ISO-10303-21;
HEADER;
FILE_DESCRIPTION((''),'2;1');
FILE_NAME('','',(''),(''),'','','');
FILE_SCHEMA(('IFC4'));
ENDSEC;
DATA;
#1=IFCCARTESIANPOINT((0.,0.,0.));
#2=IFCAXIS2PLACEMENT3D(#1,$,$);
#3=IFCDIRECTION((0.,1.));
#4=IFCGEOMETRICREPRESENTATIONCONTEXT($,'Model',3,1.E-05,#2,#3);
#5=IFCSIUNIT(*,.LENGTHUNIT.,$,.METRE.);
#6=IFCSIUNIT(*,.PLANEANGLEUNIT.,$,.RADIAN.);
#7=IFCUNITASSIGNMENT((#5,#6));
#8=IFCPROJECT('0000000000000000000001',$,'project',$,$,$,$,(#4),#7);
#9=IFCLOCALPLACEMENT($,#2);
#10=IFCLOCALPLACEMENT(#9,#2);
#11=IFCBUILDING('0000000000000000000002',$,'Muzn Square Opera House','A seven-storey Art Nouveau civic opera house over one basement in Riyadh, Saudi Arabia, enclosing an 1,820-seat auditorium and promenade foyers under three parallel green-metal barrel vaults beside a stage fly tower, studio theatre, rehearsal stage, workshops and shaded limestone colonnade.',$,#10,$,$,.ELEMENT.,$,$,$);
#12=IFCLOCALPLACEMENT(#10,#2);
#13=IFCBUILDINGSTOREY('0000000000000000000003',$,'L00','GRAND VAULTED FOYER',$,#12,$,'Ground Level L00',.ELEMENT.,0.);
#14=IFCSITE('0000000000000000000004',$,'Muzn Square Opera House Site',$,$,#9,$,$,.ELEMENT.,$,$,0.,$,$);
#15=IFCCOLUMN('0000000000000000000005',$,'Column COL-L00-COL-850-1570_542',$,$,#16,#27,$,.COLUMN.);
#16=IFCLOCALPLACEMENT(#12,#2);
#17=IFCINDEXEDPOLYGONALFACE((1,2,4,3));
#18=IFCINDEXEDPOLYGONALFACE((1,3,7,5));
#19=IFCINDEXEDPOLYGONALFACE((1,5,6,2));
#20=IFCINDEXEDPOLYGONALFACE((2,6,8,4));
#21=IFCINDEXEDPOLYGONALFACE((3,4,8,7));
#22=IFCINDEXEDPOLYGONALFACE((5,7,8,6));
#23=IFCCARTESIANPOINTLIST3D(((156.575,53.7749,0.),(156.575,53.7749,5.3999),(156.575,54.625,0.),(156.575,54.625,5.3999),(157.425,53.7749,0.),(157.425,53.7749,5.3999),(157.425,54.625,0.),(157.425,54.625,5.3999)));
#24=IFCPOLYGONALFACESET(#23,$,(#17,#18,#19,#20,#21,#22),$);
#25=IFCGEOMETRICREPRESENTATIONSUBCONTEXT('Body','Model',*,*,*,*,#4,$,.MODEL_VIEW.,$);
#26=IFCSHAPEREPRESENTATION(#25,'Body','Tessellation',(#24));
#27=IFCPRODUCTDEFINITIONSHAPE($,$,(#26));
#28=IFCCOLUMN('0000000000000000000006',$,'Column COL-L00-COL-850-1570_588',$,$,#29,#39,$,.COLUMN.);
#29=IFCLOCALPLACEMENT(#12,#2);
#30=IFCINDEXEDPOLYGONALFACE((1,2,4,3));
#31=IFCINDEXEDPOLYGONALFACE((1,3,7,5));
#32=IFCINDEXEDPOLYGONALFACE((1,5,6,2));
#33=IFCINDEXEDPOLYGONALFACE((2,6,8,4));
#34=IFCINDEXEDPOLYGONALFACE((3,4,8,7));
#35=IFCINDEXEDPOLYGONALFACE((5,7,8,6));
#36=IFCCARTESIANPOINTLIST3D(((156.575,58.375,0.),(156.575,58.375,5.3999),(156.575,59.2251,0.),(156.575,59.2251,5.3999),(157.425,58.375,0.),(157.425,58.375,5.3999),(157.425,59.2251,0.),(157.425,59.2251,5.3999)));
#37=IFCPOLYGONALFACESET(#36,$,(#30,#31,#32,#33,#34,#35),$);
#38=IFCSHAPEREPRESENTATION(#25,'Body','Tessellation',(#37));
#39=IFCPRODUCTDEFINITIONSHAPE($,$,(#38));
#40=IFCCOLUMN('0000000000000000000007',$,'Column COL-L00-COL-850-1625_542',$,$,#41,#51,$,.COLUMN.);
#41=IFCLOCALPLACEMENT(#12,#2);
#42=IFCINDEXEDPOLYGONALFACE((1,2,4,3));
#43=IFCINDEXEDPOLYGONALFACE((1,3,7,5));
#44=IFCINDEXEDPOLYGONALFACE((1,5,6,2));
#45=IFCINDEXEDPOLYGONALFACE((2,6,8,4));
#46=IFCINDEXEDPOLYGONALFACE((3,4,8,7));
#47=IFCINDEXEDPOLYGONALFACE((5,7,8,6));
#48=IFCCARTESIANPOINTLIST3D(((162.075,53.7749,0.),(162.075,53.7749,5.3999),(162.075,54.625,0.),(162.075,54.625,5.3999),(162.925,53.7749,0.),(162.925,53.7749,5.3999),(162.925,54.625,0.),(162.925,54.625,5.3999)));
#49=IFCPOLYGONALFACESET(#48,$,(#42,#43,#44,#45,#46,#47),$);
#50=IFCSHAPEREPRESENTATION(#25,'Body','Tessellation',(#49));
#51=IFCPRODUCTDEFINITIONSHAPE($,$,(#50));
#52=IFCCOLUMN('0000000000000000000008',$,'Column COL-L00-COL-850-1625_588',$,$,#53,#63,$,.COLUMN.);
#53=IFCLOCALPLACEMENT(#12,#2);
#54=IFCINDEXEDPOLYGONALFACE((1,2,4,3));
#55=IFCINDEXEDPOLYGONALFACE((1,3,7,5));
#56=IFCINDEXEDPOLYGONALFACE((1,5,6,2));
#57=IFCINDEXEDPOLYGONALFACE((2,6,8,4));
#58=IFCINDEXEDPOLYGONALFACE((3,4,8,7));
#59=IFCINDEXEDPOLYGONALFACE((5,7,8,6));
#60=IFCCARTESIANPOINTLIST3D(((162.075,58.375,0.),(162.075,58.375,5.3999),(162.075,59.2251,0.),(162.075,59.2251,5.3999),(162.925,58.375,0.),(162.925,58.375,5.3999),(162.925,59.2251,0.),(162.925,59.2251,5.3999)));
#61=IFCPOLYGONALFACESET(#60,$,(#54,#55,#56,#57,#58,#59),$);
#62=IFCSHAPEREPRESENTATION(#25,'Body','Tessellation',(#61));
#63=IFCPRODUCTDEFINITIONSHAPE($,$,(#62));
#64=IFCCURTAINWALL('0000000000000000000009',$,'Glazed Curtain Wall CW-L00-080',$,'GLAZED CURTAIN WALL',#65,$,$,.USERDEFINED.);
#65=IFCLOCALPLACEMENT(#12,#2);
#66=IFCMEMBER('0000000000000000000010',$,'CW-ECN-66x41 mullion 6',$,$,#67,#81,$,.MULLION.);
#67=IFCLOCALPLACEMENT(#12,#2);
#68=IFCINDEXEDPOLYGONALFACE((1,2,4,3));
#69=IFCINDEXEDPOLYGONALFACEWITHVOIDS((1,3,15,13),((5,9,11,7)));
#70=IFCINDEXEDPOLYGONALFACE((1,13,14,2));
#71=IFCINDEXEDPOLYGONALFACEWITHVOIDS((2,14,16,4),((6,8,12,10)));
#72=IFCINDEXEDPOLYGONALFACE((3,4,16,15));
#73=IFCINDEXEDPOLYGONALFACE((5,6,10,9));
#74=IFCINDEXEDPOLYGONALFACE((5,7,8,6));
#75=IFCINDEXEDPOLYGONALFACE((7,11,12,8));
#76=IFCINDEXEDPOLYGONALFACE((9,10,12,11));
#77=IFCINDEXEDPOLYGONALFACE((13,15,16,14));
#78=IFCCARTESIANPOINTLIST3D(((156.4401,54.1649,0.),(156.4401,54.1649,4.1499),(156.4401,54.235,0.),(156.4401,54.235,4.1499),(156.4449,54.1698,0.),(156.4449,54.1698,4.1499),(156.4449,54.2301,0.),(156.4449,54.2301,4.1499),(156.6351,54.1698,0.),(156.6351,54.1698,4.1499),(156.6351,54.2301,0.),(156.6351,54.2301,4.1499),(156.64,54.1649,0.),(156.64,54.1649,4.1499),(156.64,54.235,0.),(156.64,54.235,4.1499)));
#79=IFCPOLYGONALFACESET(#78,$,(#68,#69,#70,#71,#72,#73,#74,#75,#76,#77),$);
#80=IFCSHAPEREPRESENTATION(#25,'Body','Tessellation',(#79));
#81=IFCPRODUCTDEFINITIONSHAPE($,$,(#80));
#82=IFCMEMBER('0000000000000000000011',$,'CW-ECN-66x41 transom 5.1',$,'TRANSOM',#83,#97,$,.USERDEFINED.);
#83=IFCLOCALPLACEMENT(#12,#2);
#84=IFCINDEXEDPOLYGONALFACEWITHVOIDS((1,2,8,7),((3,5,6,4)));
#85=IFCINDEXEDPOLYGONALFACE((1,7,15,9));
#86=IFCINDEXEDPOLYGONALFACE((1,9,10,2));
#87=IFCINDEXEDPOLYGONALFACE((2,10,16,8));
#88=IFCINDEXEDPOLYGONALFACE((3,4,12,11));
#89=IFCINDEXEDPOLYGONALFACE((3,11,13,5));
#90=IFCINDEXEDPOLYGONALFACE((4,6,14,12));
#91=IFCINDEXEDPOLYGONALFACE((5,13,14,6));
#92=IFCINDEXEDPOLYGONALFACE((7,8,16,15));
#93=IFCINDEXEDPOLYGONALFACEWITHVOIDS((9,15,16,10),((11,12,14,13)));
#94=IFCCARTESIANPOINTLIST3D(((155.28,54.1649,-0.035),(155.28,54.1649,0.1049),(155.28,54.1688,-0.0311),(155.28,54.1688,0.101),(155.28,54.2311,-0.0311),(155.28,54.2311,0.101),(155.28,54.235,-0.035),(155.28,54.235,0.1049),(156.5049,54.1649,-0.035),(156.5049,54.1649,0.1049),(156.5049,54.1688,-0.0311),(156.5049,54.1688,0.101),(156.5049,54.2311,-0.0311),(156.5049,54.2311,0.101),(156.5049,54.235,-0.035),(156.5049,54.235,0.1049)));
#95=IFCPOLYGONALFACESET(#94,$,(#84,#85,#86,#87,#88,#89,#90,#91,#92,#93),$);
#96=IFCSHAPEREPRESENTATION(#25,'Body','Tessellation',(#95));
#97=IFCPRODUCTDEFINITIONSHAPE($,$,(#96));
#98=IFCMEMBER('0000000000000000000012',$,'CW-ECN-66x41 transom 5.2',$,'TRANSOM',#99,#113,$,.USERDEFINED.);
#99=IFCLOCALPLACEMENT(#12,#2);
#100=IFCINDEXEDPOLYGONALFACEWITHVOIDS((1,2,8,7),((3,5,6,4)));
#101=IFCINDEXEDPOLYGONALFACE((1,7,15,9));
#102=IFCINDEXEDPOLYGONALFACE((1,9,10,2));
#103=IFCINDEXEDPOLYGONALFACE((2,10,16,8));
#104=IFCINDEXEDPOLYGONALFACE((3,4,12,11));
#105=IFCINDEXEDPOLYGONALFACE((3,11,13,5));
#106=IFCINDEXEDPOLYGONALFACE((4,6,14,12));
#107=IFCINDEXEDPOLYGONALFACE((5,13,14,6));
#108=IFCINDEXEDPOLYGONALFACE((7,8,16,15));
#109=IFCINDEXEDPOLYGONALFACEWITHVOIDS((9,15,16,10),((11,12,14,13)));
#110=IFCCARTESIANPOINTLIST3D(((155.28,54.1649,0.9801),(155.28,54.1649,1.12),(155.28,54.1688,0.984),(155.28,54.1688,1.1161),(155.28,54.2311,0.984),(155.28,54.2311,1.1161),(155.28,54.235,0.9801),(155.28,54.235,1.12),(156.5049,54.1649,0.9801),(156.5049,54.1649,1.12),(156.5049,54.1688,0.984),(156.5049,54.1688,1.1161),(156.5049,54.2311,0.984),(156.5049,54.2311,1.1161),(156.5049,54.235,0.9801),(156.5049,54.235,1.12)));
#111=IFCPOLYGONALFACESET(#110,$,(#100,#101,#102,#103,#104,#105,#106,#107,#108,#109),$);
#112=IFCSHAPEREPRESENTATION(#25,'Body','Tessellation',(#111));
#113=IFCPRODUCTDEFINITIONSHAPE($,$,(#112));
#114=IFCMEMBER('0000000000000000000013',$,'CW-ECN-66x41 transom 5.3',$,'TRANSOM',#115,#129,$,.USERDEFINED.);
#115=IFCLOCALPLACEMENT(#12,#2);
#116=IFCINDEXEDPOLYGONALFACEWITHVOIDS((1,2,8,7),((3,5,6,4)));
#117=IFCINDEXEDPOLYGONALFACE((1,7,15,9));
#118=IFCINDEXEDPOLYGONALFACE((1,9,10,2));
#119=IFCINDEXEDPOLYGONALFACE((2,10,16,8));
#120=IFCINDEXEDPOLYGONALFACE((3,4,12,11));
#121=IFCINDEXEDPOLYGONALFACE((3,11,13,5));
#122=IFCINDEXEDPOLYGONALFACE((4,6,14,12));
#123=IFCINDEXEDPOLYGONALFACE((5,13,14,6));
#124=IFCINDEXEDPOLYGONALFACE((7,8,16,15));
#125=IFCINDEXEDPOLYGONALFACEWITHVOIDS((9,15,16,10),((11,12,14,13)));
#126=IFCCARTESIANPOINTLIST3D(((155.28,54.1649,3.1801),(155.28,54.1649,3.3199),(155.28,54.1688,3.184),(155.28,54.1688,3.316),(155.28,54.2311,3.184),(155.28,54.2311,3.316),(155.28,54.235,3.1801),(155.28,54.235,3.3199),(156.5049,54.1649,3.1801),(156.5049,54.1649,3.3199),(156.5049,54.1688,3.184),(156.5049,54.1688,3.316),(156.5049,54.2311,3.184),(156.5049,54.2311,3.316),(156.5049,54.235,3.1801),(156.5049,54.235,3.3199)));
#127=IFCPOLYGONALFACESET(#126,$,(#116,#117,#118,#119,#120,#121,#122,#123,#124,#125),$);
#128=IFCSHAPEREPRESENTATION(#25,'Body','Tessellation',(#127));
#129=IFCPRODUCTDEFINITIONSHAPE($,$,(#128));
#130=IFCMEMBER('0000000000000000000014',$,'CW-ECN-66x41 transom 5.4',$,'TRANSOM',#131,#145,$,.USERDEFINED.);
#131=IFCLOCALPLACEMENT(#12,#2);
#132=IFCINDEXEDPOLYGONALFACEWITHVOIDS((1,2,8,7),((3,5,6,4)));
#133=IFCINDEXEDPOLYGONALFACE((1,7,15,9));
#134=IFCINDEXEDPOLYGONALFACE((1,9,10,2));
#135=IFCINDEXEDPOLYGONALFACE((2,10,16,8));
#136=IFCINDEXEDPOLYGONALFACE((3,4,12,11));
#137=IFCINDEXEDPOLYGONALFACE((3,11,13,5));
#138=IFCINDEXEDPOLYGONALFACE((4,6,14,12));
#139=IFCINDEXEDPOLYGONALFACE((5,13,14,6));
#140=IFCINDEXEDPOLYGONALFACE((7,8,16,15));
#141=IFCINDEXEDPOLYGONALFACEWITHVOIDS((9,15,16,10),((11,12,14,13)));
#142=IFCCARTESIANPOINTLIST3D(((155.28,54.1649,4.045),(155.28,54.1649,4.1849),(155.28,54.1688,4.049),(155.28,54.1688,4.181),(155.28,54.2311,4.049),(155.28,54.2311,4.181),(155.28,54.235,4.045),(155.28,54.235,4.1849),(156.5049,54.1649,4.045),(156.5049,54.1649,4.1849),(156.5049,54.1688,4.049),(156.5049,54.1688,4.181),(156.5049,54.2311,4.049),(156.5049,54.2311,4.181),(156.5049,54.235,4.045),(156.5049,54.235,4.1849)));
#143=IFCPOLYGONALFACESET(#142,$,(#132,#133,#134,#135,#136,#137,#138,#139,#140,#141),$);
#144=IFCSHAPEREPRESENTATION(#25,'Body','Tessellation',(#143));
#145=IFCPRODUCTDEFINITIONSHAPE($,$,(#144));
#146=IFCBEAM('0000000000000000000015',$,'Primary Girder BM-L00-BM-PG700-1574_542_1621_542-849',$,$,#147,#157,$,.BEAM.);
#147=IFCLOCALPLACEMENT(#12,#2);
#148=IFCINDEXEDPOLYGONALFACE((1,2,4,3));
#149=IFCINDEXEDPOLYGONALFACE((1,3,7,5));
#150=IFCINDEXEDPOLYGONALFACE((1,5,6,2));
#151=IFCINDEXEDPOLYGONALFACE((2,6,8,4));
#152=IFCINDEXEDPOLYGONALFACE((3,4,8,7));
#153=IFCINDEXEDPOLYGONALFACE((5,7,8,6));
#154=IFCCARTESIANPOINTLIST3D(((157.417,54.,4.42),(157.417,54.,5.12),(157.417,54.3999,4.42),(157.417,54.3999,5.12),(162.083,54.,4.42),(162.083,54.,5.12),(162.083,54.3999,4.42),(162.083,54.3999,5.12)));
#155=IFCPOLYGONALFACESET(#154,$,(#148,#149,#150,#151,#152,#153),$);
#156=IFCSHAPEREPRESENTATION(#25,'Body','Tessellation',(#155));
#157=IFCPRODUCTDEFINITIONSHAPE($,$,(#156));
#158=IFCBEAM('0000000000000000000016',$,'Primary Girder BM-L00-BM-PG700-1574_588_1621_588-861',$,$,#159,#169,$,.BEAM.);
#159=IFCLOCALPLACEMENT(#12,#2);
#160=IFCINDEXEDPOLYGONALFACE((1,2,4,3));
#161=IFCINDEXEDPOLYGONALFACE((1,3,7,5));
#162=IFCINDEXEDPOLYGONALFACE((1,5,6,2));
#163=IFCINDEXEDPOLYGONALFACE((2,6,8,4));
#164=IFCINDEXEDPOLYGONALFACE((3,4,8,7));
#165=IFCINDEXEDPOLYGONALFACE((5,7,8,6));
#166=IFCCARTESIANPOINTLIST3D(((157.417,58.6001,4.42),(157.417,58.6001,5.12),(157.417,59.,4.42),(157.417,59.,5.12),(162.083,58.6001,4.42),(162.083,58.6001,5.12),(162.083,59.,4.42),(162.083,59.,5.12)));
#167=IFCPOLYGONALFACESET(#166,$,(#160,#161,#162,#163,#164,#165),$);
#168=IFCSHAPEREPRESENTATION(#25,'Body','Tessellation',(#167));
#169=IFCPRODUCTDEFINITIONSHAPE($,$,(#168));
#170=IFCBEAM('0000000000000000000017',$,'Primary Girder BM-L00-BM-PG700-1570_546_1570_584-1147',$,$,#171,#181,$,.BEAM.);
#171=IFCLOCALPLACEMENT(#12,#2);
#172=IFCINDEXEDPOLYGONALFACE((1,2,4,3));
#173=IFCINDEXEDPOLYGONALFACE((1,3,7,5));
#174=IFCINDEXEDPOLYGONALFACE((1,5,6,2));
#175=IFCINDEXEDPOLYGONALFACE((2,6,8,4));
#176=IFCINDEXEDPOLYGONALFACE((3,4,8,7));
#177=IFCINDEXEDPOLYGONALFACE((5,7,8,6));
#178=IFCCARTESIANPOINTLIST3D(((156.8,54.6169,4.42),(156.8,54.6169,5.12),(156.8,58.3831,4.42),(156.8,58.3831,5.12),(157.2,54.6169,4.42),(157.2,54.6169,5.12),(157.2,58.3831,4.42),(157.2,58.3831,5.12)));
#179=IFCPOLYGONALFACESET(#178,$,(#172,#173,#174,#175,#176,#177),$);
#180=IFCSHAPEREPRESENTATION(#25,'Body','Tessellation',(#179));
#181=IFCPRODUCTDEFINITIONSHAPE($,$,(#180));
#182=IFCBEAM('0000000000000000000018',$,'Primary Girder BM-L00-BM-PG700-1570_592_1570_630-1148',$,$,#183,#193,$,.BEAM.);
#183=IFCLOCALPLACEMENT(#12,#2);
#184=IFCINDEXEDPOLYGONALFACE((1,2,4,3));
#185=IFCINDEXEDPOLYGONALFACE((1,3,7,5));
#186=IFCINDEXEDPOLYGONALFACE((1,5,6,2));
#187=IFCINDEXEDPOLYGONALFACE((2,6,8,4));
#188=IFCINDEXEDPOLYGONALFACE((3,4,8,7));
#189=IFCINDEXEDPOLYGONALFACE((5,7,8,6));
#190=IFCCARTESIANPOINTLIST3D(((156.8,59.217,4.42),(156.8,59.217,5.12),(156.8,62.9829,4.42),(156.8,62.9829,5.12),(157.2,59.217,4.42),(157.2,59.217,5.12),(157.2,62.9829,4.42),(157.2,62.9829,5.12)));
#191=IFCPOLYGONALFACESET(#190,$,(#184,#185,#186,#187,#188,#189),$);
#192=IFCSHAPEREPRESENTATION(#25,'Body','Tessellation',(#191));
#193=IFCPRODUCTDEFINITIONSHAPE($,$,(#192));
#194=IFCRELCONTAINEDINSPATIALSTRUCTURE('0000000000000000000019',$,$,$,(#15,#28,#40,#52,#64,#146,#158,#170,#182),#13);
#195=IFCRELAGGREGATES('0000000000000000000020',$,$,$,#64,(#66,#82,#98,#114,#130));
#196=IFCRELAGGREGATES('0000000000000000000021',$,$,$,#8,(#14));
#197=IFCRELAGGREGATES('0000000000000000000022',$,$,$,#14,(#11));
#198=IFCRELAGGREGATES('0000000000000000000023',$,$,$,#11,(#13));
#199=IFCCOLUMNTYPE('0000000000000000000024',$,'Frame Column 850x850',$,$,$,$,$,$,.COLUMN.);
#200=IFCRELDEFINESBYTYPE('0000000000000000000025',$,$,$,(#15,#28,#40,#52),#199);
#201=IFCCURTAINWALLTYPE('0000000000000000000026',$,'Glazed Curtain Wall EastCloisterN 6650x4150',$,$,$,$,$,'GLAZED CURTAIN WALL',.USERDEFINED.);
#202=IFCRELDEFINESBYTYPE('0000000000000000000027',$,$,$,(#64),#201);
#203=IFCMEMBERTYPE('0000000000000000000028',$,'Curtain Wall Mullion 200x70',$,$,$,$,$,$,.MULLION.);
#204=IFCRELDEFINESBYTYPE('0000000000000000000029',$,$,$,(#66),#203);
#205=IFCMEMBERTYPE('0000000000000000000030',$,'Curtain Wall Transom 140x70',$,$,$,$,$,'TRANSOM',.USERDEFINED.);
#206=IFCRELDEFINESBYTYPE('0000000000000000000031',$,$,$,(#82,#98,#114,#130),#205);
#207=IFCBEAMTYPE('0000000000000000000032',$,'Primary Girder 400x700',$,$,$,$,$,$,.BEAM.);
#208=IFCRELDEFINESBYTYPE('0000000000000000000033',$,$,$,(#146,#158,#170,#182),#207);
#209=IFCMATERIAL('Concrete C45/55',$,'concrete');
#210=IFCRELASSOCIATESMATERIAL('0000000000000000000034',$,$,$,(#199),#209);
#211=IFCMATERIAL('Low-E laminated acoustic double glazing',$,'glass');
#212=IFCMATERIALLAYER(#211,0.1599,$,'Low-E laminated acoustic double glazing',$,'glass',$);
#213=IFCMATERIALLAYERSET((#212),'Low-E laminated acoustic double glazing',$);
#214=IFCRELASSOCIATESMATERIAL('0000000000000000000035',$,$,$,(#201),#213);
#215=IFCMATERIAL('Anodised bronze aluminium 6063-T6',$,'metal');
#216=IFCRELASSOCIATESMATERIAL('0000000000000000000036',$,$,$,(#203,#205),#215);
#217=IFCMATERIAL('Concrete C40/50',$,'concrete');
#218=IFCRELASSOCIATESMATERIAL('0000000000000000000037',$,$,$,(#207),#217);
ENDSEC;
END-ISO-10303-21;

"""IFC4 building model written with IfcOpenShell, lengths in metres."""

from ifc_helpers import new_model, si_unit, direction, frame, origin, origin_2d, place, context, subcontext, project, spatial, rectangle, hollow_rectangle, extrude, material, layer, layer_set, material_profile, profile_set, type_object, element, aggregate, save


model = new_model("IFC4")

# Units and contexts
model_context = context("Model", 3, precision=1e-05, world=origin(), true_north=direction((0.0, 1.0)))
body_context = subcontext(model_context, "Body", "Model", "MODEL_VIEW")
ifc_project = project(units=[si_unit("LENGTHUNIT", "METRE"), si_unit("PLANEANGLEUNIT", "RADIAN")], contexts=[model_context])

# Site, building, storey
site_placement = place(None, origin())
site = spatial("IfcSite", under=ifc_project, at=site_placement, Name="Muzn Square Opera House Site", CompositionType="ELEMENT", RefElevation=0.0)
building_placement = place(site_placement, origin())
building = spatial("IfcBuilding", under=site, at=building_placement, Name="Muzn Square Opera House", Description="A seven-storey Art Nouveau civic opera house over one basement in Riyadh, Saudi Arabia, enclosing an 1,820-seat auditorium and promenade foyers under three parallel green-metal barrel vaults beside a stage fly tower, studio theatre, rehearsal stage, workshops and shaded limestone colonnade.", CompositionType="ELEMENT")
storey_placement = place(building_placement, origin())
storey = spatial("IfcBuildingStorey", under=building, at=storey_placement, Name="L00", Description="GRAND VAULTED FOYER", LongName="Ground Level L00", CompositionType="ELEMENT", Elevation=0.0)

# Columns
ifc_material_1 = material(Name="Concrete C45/55", Category="concrete")
ifc_material_profile_1 = material_profile(ifc_material_1, rectangle(XDim=0.8501, YDim=0.8501, at=origin_2d()), Name="RC 850x850", Category="concrete")
ifc_profile_set_1 = profile_set([ifc_material_profile_1], Name="Concrete C45/55")
column_type = type_object("IfcColumnType", Name="Frame Column 850x850", PredefinedType="COLUMN", material=ifc_profile_set_1)
for number, where, z_axis, x_axis, name in (
    (1, (157.0, 54.2, 0.0), (0.0, 0.0, 1.0), (1.0, 0.0, 0.0), "Column COL-L00-COL-850-1570_542"),
    (2, (157.0, 58.8, 0.0), (0.0, 0.0, 1.0), (1.0, 0.0, 0.0), "Column COL-L00-COL-850-1570_588"),
    (3, (162.5, 54.2, 0.0), (0.0, 0.0, 1.0), (1.0, 0.0, 0.0), "Column COL-L00-COL-850-1625_542"),
    (4, (162.5, 58.8, 0.0), (0.0, 0.0, 1.0), (1.0, 0.0, 0.0), "Column COL-L00-COL-850-1625_588"),
):
    element("IfcColumn", number, at=place(storey_placement, frame(where, z_axis=z_axis, x_axis=x_axis)), inside=storey, type_object=column_type, Name=name, PredefinedType="COLUMN", context=body_context, shape_type="SweptSolid", body=[
        extrude(rectangle(XDim=0.8501, YDim=0.8501, at=origin_2d()), origin(), (0.0, 0.0, 1.0), 5.3999),
    ])

# Curtain wall, members
ifc_material_2 = material(Name="Low-E laminated acoustic double glazing", Category="glass")
ifc_layer_1 = layer(ifc_material_2, 0.1599, Name="Low-E laminated acoustic double glazing", Category="glass")
ifc_layer_set_1 = layer_set([ifc_layer_1], Name="Low-E laminated acoustic double glazing")
curtain_wall_type = type_object("IfcCurtainWallType", Name="Glazed Curtain Wall EastCloisterN 6650x4150", ElementType="GLAZED CURTAIN WALL", PredefinedType="USERDEFINED", material=ifc_layer_set_1)
curtain_wall_placement = place(storey_placement, origin())
curtain_wall = element("IfcCurtainWall", 5, at=curtain_wall_placement, inside=storey, type_object=curtain_wall_type, Name="Glazed Curtain Wall CW-L00-080", ObjectType="GLAZED CURTAIN WALL", PredefinedType="USERDEFINED")
ifc_material_3 = material(Name="Anodised bronze aluminium 6063-T6", Category="metal")
ifc_material_profile_2 = material_profile(ifc_material_3, hollow_rectangle(XDim=0.0701, YDim=0.2, WallThickness=0.0049, at=origin_2d()), Name="ALU 200x70x5", Category="metal")
ifc_profile_set_2 = profile_set([ifc_material_profile_2], Name="Anodised bronze aluminium 6063-T6")
member_type_1 = type_object("IfcMemberType", Name="Curtain Wall Mullion 200x70", PredefinedType="MULLION", material=ifc_profile_set_2)
member_1_placement = place(storey_placement, frame((156.54, 54.2, 0.0), z_axis=(0.0, 0.0, 1.0), x_axis=(0.0, 1.0, 0.0)))
member_1 = element("IfcMember", 6, at=member_1_placement, type_object=member_type_1, Name="CW-ECN-66x41 mullion 6", PredefinedType="MULLION", context=body_context, shape_type="SweptSolid", body=[
    extrude(hollow_rectangle(XDim=0.0701, YDim=0.2, WallThickness=0.0049, at=origin_2d()), origin(), (0.0, 0.0, 1.0), 4.1499),
])
ifc_material_profile_3 = material_profile(ifc_material_3, hollow_rectangle(XDim=0.0701, YDim=0.1399, WallThickness=0.0039, at=origin_2d()), Name="ALU 140x70x4", Category="metal")
ifc_profile_set_3 = profile_set([ifc_material_profile_3], Name="Anodised bronze aluminium 6063-T6")
member_type_2 = type_object("IfcMemberType", Name="Curtain Wall Transom 140x70", ElementType="TRANSOM", PredefinedType="USERDEFINED", material=ifc_profile_set_3)
member_2_placement = place(storey_placement, frame((155.28, 54.2, 0.0349), z_axis=(1.0, 0.0, 0.0), x_axis=(0.0, 1.0, 0.0)))
member_2 = element("IfcMember", 7, at=member_2_placement, type_object=member_type_2, Name="CW-ECN-66x41 transom 5.1", ObjectType="TRANSOM", PredefinedType="USERDEFINED", context=body_context, shape_type="SweptSolid", body=[
    extrude(hollow_rectangle(XDim=0.0701, YDim=0.1399, WallThickness=0.0039, at=origin_2d()), origin(), (0.0, 0.0, 1.0), 1.2249),
])
member_3_placement = place(storey_placement, frame((155.28, 54.2, 1.05), z_axis=(1.0, 0.0, 0.0), x_axis=(0.0, 1.0, 0.0)))
member_3 = element("IfcMember", 8, at=member_3_placement, type_object=member_type_2, Name="CW-ECN-66x41 transom 5.2", ObjectType="TRANSOM", PredefinedType="USERDEFINED", context=body_context, shape_type="SweptSolid", body=[
    extrude(hollow_rectangle(XDim=0.0701, YDim=0.1399, WallThickness=0.0039, at=origin_2d()), origin(), (0.0, 0.0, 1.0), 1.2249),
])
member_4_placement = place(storey_placement, frame((155.28, 54.2, 3.25), z_axis=(1.0, 0.0, 0.0), x_axis=(0.0, 1.0, 0.0)))
member_4 = element("IfcMember", 9, at=member_4_placement, type_object=member_type_2, Name="CW-ECN-66x41 transom 5.3", ObjectType="TRANSOM", PredefinedType="USERDEFINED", context=body_context, shape_type="SweptSolid", body=[
    extrude(hollow_rectangle(XDim=0.0701, YDim=0.1399, WallThickness=0.0039, at=origin_2d()), origin(), (0.0, 0.0, 1.0), 1.2249),
])
member_5_placement = place(storey_placement, frame((155.28, 54.2, 4.115), z_axis=(1.0, 0.0, 0.0), x_axis=(0.0, 1.0, 0.0)))
member_5 = element("IfcMember", 10, at=member_5_placement, type_object=member_type_2, Name="CW-ECN-66x41 transom 5.4", ObjectType="TRANSOM", PredefinedType="USERDEFINED", context=body_context, shape_type="SweptSolid", body=[
    extrude(hollow_rectangle(XDim=0.0701, YDim=0.1399, WallThickness=0.0039, at=origin_2d()), origin(), (0.0, 0.0, 1.0), 1.2249),
])

# Beams
ifc_material_4 = material(Name="Concrete C40/50", Category="concrete")
ifc_material_profile_4 = material_profile(ifc_material_4, rectangle(XDim=0.3999, YDim=0.7, at=origin_2d()), Name="RCB 400x700", Category="concrete")
ifc_profile_set_4 = profile_set([ifc_material_profile_4], Name="Concrete C40/50")
beam_type = type_object("IfcBeamType", Name="Primary Girder 400x700", PredefinedType="BEAM", material=ifc_profile_set_4)
for number, where, z_axis, x_axis, name in (
    (11, (157.417, 54.2, 4.77), (1.0, 0.0, 0.0), (0.0, 1.0, 0.0), "Primary Girder BM-L00-BM-PG700-1574_542_1621_542-849"),
    (12, (157.417, 58.8, 4.77), (1.0, 0.0, 0.0), (0.0, 1.0, 0.0), "Primary Girder BM-L00-BM-PG700-1574_588_1621_588-861"),
):
    element("IfcBeam", number, at=place(storey_placement, frame(where, z_axis=z_axis, x_axis=x_axis)), inside=storey, type_object=beam_type, Name=name, PredefinedType="BEAM", context=body_context, shape_type="SweptSolid", body=[
        extrude(rectangle(XDim=0.3999, YDim=0.7, at=origin_2d()), origin(), (0.0, 0.0, 1.0), 4.666),
    ])
beam_1_placement = place(storey_placement, frame((157.0, 54.6169, 4.77), z_axis=(0.0, 1.0, 0.0), x_axis=(-1.0, 0.0, 0.0)))
element("IfcBeam", 13, at=beam_1_placement, inside=storey, type_object=beam_type, Name="Primary Girder BM-L00-BM-PG700-1570_546_1570_584-1147", PredefinedType="BEAM", context=body_context, shape_type="SweptSolid", body=[
    extrude(rectangle(XDim=0.3999, YDim=0.7, at=origin_2d()), origin(), (0.0, 0.0, 1.0), 3.7661),
])
beam_2_placement = place(storey_placement, frame((157.0, 59.217, 4.77), z_axis=(0.0, 1.0, 0.0), x_axis=(-1.0, 0.0, 0.0)))
element("IfcBeam", 14, at=beam_2_placement, inside=storey, type_object=beam_type, Name="Primary Girder BM-L00-BM-PG700-1570_592_1570_630-1148", PredefinedType="BEAM", context=body_context, shape_type="SweptSolid", body=[
    extrude(rectangle(XDim=0.3999, YDim=0.7, at=origin_2d()), origin(), (0.0, 0.0, 1.0), 3.7659),
])

aggregate(curtain_wall, [member_1, member_2, member_3, member_4, member_5])

save(model, "model.ifc")
